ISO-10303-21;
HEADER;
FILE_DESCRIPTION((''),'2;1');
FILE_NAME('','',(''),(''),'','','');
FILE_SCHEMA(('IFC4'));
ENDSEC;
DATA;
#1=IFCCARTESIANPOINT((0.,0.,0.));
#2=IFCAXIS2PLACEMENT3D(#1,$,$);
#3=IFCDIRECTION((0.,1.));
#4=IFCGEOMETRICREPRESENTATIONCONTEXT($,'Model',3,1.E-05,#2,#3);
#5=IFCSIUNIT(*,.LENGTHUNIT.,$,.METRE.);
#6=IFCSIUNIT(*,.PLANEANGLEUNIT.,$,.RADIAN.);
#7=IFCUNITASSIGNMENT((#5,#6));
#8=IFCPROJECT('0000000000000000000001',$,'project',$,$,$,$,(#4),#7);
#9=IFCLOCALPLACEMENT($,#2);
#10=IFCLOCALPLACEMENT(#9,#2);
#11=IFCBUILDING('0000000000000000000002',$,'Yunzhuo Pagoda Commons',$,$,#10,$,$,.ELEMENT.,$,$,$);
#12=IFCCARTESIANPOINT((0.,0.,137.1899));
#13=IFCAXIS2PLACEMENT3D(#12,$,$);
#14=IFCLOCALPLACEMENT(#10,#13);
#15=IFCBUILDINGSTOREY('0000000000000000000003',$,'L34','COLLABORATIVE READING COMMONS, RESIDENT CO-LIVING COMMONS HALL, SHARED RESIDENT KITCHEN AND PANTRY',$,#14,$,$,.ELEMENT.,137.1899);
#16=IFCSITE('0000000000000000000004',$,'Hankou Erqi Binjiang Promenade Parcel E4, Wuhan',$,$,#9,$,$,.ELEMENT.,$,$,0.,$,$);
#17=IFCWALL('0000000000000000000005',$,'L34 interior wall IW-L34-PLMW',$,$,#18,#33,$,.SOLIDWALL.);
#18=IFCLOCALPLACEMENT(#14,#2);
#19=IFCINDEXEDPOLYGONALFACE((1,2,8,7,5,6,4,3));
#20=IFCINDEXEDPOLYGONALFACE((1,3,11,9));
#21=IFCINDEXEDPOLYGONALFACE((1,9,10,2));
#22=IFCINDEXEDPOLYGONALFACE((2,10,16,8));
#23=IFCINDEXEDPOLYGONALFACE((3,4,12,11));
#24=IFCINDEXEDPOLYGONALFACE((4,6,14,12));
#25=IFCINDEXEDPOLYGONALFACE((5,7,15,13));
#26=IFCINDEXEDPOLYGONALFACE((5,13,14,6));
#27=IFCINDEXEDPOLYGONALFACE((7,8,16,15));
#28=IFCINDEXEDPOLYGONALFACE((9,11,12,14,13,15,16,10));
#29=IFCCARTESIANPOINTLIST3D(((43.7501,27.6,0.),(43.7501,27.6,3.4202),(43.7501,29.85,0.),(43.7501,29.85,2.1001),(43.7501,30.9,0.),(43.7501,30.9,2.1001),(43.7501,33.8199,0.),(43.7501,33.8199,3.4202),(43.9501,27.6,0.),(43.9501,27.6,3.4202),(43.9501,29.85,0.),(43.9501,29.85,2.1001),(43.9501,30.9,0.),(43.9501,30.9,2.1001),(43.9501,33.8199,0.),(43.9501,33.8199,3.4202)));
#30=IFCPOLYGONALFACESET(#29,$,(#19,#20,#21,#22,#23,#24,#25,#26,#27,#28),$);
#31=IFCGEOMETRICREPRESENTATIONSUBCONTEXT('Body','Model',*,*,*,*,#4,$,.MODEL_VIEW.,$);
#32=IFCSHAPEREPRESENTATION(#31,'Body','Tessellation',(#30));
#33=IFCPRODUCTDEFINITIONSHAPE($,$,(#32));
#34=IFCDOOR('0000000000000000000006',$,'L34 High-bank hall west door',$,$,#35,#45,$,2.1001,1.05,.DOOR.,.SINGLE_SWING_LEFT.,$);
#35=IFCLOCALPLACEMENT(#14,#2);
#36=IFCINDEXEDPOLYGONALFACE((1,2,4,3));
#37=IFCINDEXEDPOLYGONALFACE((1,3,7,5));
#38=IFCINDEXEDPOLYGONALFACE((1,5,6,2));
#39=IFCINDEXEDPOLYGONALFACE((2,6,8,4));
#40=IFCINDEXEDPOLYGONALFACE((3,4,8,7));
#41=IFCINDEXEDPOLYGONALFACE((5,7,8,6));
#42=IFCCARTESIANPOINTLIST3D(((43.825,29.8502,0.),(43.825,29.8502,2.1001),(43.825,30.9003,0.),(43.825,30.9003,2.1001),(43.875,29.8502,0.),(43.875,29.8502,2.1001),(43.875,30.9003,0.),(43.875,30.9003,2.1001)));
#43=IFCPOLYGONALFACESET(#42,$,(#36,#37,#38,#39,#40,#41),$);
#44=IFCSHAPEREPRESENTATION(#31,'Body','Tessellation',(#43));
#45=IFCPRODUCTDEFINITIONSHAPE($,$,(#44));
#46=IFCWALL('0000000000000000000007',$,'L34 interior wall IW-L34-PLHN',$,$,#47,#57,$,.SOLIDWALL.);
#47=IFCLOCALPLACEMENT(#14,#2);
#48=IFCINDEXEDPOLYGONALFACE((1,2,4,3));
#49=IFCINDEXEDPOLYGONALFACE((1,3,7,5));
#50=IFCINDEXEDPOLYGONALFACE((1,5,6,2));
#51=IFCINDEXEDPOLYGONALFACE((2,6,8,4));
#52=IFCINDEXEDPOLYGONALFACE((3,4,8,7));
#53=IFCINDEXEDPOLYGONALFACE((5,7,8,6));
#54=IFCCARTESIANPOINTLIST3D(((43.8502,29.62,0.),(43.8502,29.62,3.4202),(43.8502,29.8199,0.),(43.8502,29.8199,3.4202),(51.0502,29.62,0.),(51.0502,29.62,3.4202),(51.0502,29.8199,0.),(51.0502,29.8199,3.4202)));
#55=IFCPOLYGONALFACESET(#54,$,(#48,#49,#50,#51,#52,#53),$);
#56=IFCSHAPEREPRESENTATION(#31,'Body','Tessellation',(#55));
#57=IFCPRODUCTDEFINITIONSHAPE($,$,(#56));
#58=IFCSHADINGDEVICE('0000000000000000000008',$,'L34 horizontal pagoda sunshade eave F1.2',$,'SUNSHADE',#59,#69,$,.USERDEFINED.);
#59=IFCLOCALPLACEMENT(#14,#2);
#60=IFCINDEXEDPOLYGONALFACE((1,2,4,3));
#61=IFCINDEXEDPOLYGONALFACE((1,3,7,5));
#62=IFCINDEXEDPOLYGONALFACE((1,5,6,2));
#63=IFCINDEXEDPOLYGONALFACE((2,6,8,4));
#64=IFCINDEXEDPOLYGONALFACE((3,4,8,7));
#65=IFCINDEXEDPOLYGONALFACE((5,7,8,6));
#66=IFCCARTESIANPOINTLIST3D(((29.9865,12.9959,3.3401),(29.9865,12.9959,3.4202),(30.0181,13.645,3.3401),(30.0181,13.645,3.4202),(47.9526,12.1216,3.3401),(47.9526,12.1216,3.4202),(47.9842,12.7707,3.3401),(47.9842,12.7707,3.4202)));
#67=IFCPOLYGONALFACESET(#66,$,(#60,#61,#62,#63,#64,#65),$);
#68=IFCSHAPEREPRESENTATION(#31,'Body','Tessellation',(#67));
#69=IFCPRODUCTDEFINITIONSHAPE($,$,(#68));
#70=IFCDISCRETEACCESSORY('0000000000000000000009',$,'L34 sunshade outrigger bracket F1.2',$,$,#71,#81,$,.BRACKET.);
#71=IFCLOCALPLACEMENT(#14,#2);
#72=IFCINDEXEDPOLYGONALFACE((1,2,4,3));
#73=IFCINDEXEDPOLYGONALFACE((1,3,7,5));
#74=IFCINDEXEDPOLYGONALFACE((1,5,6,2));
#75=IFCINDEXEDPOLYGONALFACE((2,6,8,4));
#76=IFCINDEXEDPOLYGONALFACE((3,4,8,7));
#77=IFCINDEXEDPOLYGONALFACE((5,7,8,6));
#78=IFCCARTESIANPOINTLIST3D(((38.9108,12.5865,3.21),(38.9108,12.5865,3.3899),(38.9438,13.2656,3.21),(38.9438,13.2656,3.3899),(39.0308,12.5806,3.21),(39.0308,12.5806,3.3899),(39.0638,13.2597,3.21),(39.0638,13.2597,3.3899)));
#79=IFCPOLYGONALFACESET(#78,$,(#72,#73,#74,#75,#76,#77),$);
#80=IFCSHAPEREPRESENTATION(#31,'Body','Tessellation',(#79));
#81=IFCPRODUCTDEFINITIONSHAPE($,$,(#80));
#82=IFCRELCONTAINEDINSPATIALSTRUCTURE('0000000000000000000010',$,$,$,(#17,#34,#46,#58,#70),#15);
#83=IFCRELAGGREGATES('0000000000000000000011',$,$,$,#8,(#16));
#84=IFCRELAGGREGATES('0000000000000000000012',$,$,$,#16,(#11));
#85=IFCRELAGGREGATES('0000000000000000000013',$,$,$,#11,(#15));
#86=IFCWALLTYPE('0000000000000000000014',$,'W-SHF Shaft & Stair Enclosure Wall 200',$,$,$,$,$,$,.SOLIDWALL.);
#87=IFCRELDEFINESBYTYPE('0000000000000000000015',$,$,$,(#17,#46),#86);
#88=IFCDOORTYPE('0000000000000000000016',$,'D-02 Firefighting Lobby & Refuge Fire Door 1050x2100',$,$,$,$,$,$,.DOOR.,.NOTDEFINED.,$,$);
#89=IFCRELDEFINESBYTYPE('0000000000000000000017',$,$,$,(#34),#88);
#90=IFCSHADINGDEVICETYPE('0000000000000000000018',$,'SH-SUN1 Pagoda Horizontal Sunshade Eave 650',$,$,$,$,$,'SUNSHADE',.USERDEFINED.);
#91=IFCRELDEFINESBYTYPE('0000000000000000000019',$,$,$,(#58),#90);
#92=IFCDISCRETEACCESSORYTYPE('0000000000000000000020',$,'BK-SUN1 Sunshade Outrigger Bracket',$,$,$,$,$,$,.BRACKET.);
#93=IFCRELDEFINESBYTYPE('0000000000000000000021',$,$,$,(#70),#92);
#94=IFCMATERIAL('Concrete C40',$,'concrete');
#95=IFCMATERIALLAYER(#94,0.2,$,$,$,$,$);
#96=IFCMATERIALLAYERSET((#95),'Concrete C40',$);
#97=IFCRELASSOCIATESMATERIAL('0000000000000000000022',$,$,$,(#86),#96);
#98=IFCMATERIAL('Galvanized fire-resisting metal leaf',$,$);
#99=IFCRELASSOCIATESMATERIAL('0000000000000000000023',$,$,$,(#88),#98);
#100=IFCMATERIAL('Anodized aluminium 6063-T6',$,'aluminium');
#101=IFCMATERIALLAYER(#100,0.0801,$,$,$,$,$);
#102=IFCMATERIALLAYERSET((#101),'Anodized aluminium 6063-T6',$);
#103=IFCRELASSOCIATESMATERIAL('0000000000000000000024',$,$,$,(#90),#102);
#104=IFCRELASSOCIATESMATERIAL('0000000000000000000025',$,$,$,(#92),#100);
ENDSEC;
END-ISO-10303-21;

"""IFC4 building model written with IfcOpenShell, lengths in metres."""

from ifc_helpers import new_model, si_unit, direction, frame, frame_2d, origin, origin_2d, place, context, subcontext, project, spatial, rectangle, extrude, source, transform, mapped, material, layer, layer_set, type_object, element, fill, save


model = new_model("IFC4")

# Units and contexts
model_context = context("Model", 3, precision=1e-05, world=origin(), true_north=direction((0.0, 1.0)))
body_context = subcontext(model_context, "Body", "Model", "MODEL_VIEW")
ifc_project = project(units=[si_unit("LENGTHUNIT", "METRE"), si_unit("PLANEANGLEUNIT", "RADIAN")], contexts=[model_context])

# Site, building, storey
site_placement = place(None, origin())
site = spatial("IfcSite", under=ifc_project, at=site_placement, Name="Hankou Erqi Binjiang Promenade Parcel E4, Wuhan", CompositionType="ELEMENT", RefElevation=0.0)
building_placement = place(site_placement, origin())
building = spatial("IfcBuilding", under=site, at=building_placement, Name="Yunzhuo Pagoda Commons", CompositionType="ELEMENT")
storey_placement = place(building_placement, frame((0.0, 0.0, 137.1899)))
storey = spatial("IfcBuildingStorey", under=building, at=storey_placement, Name="L34", Description="COLLABORATIVE READING COMMONS, RESIDENT CO-LIVING COMMONS HALL, SHARED RESIDENT KITCHEN AND PANTRY", CompositionType="ELEMENT", Elevation=137.1899)

# Shared definitions
ifc_material_1 = material(Name="Anodized aluminium 6063-T6", Category="aluminium")

# Shared definitions
ifc_material_2 = material(Name="Galvanized fire-resisting metal leaf")

# Wall, opening, door
ifc_material_3 = material(Name="Concrete C40", Category="concrete")
ifc_layer_1 = layer(ifc_material_3, 0.2)
ifc_layer_set_1 = layer_set([ifc_layer_1], Name="Concrete C40")
wall_type_1 = type_object("IfcWallType", Name="W-SHF Shaft & Stair Enclosure Wall 200", PredefinedType="SOLIDWALL", material=ifc_layer_set_1)
wall_1_placement = place(storey_placement, frame((43.8501, 27.6001, 0.0), z_axis=(0.0, 0.0, 1.0), x_axis=(0.0, 1.0, 0.0)))
wall_1 = element("IfcWall", 1, at=wall_1_placement, inside=storey, type_object=wall_type_1, Name="L34 interior wall IW-L34-PLMW", PredefinedType="SOLIDWALL", context=body_context, shape_type="SweptSolid", body=[
    extrude(rectangle(XDim=6.22, YDim=0.2, at=frame_2d((3.1099, 0.0))), origin(), (0.0, 0.0, 1.0), 3.4202),
])
opening_1_placement = place(wall_1_placement, frame((2.25, 0.0, 0.0)))
opening_1 = element("IfcOpeningElement", 2, at=opening_1_placement, cuts=wall_1, PredefinedType="OPENING", context=body_context, shape_type="SweptSolid", body=[
    extrude(rectangle(XDim=1.05, YDim=2.1001, at=frame_2d((0.5249, 1.05))), frame((0.0, 0.1099, 0.0), z_axis=(0.0, -1.0, 0.0), x_axis=(1.0, 0.0, 0.0)), (0.0, 0.0, 1.0), 0.22),
])
door_type_1 = type_object("IfcDoorType", Name="D-02 Firefighting Lobby & Refuge Fire Door 1050x2100", OperationType="NOTDEFINED", PredefinedType="DOOR", material=ifc_material_2)
shared_shape_1 = source(origin(), body_context, "Body", "SweptSolid", [
    extrude(rectangle(XDim=1.05, YDim=2.1001, at=frame_2d((0.5249, 1.05))), frame((0.0, 0.0249, 0.0), z_axis=(0.0, -1.0, 0.0), x_axis=(1.0, 0.0, 0.0)), (0.0, 0.0, 1.0), 0.05),
])
door_1_placement = place(opening_1_placement, frame((1.05, 0.0, 0.0), z_axis=(0.0, 0.0, 1.0), x_axis=(-1.0, 0.0, 0.0)))
door_1 = element("IfcDoor", 3, at=door_1_placement, inside=storey, type_object=door_type_1, Name="L34 High-bank hall west door", OperationType="SINGLE_SWING_LEFT", OverallHeight=2.1001, OverallWidth=1.05, PredefinedType="DOOR", context=body_context, shape_type="MappedRepresentation", body=[
    mapped(shared_shape_1, transform((0.0, 0.0, 0.0), scale=1.0)),
])
fill(opening_1, door_1)

# Wall
wall_2_placement = place(storey_placement, frame((43.8501, 29.72, 0.0), z_axis=(0.0, 0.0, 1.0), x_axis=(1.0, 0.0, 0.0)))
element("IfcWall", 4, at=wall_2_placement, inside=storey, type_object=wall_type_1, Name="L34 interior wall IW-L34-PLHN", PredefinedType="SOLIDWALL", context=body_context, shape_type="SweptSolid", body=[
    extrude(rectangle(XDim=7.2, YDim=0.2, at=frame_2d((3.6001, 0.0))), origin(), (0.0, 0.0, 1.0), 3.4202),
])

# Shading device
ifc_layer_2 = layer(ifc_material_1, 0.0801)
ifc_layer_set_2 = layer_set([ifc_layer_2], Name="Anodized aluminium 6063-T6")
shading_device_type = type_object("IfcShadingDeviceType", Name="SH-SUN1 Pagoda Horizontal Sunshade Eave 650", ElementType="SUNSHADE", PredefinedType="USERDEFINED", material=ifc_layer_set_2)
shared_shape_2 = source(origin(), body_context, "Body", "SweptSolid", [
    extrude(rectangle(XDim=17.9873, YDim=0.6499, at=origin_2d()), origin(), (0.0, 0.0, 1.0), 0.0801),
])
shading_device_placement = place(storey_placement, frame((38.9854, 12.8833, 3.3401), z_axis=(0.0, 0.0, 1.0), x_axis=(0.998818, -0.048606, 0.0)))
element("IfcShadingDevice", 5, at=shading_device_placement, inside=storey, type_object=shading_device_type, Name="L34 horizontal pagoda sunshade eave F1.2", ObjectType="SUNSHADE", PredefinedType="USERDEFINED", context=body_context, shape_type="MappedRepresentation", body=[
    mapped(shared_shape_2, transform((0.0, 0.0, 0.0), scale=1.0)),
])

# Discrete accessory
discrete_accessory_type = type_object("IfcDiscreteAccessoryType", Name="BK-SUN1 Sunshade Outrigger Bracket", PredefinedType="BRACKET", material=ifc_material_1)
shared_shape_3 = source(origin(), body_context, "Body", "SweptSolid", [
    extrude(rectangle(XDim=0.1201, YDim=0.6799, at=origin_2d()), origin(), (0.0, 0.0, 1.0), 0.1799),
])
discrete_accessory_placement = place(storey_placement, frame((38.9873, 12.9231, 3.21), z_axis=(0.0, 0.0, 1.0), x_axis=(0.998818, -0.048606, 0.0)))
element("IfcDiscreteAccessory", 6, at=discrete_accessory_placement, inside=storey, type_object=discrete_accessory_type, Name="L34 sunshade outrigger bracket F1.2", PredefinedType="BRACKET", context=body_context, shape_type="MappedRepresentation", body=[
    mapped(shared_shape_3, transform((0.0, 0.0, 0.0), scale=1.0)),
])

save(model, "model.ifc")
